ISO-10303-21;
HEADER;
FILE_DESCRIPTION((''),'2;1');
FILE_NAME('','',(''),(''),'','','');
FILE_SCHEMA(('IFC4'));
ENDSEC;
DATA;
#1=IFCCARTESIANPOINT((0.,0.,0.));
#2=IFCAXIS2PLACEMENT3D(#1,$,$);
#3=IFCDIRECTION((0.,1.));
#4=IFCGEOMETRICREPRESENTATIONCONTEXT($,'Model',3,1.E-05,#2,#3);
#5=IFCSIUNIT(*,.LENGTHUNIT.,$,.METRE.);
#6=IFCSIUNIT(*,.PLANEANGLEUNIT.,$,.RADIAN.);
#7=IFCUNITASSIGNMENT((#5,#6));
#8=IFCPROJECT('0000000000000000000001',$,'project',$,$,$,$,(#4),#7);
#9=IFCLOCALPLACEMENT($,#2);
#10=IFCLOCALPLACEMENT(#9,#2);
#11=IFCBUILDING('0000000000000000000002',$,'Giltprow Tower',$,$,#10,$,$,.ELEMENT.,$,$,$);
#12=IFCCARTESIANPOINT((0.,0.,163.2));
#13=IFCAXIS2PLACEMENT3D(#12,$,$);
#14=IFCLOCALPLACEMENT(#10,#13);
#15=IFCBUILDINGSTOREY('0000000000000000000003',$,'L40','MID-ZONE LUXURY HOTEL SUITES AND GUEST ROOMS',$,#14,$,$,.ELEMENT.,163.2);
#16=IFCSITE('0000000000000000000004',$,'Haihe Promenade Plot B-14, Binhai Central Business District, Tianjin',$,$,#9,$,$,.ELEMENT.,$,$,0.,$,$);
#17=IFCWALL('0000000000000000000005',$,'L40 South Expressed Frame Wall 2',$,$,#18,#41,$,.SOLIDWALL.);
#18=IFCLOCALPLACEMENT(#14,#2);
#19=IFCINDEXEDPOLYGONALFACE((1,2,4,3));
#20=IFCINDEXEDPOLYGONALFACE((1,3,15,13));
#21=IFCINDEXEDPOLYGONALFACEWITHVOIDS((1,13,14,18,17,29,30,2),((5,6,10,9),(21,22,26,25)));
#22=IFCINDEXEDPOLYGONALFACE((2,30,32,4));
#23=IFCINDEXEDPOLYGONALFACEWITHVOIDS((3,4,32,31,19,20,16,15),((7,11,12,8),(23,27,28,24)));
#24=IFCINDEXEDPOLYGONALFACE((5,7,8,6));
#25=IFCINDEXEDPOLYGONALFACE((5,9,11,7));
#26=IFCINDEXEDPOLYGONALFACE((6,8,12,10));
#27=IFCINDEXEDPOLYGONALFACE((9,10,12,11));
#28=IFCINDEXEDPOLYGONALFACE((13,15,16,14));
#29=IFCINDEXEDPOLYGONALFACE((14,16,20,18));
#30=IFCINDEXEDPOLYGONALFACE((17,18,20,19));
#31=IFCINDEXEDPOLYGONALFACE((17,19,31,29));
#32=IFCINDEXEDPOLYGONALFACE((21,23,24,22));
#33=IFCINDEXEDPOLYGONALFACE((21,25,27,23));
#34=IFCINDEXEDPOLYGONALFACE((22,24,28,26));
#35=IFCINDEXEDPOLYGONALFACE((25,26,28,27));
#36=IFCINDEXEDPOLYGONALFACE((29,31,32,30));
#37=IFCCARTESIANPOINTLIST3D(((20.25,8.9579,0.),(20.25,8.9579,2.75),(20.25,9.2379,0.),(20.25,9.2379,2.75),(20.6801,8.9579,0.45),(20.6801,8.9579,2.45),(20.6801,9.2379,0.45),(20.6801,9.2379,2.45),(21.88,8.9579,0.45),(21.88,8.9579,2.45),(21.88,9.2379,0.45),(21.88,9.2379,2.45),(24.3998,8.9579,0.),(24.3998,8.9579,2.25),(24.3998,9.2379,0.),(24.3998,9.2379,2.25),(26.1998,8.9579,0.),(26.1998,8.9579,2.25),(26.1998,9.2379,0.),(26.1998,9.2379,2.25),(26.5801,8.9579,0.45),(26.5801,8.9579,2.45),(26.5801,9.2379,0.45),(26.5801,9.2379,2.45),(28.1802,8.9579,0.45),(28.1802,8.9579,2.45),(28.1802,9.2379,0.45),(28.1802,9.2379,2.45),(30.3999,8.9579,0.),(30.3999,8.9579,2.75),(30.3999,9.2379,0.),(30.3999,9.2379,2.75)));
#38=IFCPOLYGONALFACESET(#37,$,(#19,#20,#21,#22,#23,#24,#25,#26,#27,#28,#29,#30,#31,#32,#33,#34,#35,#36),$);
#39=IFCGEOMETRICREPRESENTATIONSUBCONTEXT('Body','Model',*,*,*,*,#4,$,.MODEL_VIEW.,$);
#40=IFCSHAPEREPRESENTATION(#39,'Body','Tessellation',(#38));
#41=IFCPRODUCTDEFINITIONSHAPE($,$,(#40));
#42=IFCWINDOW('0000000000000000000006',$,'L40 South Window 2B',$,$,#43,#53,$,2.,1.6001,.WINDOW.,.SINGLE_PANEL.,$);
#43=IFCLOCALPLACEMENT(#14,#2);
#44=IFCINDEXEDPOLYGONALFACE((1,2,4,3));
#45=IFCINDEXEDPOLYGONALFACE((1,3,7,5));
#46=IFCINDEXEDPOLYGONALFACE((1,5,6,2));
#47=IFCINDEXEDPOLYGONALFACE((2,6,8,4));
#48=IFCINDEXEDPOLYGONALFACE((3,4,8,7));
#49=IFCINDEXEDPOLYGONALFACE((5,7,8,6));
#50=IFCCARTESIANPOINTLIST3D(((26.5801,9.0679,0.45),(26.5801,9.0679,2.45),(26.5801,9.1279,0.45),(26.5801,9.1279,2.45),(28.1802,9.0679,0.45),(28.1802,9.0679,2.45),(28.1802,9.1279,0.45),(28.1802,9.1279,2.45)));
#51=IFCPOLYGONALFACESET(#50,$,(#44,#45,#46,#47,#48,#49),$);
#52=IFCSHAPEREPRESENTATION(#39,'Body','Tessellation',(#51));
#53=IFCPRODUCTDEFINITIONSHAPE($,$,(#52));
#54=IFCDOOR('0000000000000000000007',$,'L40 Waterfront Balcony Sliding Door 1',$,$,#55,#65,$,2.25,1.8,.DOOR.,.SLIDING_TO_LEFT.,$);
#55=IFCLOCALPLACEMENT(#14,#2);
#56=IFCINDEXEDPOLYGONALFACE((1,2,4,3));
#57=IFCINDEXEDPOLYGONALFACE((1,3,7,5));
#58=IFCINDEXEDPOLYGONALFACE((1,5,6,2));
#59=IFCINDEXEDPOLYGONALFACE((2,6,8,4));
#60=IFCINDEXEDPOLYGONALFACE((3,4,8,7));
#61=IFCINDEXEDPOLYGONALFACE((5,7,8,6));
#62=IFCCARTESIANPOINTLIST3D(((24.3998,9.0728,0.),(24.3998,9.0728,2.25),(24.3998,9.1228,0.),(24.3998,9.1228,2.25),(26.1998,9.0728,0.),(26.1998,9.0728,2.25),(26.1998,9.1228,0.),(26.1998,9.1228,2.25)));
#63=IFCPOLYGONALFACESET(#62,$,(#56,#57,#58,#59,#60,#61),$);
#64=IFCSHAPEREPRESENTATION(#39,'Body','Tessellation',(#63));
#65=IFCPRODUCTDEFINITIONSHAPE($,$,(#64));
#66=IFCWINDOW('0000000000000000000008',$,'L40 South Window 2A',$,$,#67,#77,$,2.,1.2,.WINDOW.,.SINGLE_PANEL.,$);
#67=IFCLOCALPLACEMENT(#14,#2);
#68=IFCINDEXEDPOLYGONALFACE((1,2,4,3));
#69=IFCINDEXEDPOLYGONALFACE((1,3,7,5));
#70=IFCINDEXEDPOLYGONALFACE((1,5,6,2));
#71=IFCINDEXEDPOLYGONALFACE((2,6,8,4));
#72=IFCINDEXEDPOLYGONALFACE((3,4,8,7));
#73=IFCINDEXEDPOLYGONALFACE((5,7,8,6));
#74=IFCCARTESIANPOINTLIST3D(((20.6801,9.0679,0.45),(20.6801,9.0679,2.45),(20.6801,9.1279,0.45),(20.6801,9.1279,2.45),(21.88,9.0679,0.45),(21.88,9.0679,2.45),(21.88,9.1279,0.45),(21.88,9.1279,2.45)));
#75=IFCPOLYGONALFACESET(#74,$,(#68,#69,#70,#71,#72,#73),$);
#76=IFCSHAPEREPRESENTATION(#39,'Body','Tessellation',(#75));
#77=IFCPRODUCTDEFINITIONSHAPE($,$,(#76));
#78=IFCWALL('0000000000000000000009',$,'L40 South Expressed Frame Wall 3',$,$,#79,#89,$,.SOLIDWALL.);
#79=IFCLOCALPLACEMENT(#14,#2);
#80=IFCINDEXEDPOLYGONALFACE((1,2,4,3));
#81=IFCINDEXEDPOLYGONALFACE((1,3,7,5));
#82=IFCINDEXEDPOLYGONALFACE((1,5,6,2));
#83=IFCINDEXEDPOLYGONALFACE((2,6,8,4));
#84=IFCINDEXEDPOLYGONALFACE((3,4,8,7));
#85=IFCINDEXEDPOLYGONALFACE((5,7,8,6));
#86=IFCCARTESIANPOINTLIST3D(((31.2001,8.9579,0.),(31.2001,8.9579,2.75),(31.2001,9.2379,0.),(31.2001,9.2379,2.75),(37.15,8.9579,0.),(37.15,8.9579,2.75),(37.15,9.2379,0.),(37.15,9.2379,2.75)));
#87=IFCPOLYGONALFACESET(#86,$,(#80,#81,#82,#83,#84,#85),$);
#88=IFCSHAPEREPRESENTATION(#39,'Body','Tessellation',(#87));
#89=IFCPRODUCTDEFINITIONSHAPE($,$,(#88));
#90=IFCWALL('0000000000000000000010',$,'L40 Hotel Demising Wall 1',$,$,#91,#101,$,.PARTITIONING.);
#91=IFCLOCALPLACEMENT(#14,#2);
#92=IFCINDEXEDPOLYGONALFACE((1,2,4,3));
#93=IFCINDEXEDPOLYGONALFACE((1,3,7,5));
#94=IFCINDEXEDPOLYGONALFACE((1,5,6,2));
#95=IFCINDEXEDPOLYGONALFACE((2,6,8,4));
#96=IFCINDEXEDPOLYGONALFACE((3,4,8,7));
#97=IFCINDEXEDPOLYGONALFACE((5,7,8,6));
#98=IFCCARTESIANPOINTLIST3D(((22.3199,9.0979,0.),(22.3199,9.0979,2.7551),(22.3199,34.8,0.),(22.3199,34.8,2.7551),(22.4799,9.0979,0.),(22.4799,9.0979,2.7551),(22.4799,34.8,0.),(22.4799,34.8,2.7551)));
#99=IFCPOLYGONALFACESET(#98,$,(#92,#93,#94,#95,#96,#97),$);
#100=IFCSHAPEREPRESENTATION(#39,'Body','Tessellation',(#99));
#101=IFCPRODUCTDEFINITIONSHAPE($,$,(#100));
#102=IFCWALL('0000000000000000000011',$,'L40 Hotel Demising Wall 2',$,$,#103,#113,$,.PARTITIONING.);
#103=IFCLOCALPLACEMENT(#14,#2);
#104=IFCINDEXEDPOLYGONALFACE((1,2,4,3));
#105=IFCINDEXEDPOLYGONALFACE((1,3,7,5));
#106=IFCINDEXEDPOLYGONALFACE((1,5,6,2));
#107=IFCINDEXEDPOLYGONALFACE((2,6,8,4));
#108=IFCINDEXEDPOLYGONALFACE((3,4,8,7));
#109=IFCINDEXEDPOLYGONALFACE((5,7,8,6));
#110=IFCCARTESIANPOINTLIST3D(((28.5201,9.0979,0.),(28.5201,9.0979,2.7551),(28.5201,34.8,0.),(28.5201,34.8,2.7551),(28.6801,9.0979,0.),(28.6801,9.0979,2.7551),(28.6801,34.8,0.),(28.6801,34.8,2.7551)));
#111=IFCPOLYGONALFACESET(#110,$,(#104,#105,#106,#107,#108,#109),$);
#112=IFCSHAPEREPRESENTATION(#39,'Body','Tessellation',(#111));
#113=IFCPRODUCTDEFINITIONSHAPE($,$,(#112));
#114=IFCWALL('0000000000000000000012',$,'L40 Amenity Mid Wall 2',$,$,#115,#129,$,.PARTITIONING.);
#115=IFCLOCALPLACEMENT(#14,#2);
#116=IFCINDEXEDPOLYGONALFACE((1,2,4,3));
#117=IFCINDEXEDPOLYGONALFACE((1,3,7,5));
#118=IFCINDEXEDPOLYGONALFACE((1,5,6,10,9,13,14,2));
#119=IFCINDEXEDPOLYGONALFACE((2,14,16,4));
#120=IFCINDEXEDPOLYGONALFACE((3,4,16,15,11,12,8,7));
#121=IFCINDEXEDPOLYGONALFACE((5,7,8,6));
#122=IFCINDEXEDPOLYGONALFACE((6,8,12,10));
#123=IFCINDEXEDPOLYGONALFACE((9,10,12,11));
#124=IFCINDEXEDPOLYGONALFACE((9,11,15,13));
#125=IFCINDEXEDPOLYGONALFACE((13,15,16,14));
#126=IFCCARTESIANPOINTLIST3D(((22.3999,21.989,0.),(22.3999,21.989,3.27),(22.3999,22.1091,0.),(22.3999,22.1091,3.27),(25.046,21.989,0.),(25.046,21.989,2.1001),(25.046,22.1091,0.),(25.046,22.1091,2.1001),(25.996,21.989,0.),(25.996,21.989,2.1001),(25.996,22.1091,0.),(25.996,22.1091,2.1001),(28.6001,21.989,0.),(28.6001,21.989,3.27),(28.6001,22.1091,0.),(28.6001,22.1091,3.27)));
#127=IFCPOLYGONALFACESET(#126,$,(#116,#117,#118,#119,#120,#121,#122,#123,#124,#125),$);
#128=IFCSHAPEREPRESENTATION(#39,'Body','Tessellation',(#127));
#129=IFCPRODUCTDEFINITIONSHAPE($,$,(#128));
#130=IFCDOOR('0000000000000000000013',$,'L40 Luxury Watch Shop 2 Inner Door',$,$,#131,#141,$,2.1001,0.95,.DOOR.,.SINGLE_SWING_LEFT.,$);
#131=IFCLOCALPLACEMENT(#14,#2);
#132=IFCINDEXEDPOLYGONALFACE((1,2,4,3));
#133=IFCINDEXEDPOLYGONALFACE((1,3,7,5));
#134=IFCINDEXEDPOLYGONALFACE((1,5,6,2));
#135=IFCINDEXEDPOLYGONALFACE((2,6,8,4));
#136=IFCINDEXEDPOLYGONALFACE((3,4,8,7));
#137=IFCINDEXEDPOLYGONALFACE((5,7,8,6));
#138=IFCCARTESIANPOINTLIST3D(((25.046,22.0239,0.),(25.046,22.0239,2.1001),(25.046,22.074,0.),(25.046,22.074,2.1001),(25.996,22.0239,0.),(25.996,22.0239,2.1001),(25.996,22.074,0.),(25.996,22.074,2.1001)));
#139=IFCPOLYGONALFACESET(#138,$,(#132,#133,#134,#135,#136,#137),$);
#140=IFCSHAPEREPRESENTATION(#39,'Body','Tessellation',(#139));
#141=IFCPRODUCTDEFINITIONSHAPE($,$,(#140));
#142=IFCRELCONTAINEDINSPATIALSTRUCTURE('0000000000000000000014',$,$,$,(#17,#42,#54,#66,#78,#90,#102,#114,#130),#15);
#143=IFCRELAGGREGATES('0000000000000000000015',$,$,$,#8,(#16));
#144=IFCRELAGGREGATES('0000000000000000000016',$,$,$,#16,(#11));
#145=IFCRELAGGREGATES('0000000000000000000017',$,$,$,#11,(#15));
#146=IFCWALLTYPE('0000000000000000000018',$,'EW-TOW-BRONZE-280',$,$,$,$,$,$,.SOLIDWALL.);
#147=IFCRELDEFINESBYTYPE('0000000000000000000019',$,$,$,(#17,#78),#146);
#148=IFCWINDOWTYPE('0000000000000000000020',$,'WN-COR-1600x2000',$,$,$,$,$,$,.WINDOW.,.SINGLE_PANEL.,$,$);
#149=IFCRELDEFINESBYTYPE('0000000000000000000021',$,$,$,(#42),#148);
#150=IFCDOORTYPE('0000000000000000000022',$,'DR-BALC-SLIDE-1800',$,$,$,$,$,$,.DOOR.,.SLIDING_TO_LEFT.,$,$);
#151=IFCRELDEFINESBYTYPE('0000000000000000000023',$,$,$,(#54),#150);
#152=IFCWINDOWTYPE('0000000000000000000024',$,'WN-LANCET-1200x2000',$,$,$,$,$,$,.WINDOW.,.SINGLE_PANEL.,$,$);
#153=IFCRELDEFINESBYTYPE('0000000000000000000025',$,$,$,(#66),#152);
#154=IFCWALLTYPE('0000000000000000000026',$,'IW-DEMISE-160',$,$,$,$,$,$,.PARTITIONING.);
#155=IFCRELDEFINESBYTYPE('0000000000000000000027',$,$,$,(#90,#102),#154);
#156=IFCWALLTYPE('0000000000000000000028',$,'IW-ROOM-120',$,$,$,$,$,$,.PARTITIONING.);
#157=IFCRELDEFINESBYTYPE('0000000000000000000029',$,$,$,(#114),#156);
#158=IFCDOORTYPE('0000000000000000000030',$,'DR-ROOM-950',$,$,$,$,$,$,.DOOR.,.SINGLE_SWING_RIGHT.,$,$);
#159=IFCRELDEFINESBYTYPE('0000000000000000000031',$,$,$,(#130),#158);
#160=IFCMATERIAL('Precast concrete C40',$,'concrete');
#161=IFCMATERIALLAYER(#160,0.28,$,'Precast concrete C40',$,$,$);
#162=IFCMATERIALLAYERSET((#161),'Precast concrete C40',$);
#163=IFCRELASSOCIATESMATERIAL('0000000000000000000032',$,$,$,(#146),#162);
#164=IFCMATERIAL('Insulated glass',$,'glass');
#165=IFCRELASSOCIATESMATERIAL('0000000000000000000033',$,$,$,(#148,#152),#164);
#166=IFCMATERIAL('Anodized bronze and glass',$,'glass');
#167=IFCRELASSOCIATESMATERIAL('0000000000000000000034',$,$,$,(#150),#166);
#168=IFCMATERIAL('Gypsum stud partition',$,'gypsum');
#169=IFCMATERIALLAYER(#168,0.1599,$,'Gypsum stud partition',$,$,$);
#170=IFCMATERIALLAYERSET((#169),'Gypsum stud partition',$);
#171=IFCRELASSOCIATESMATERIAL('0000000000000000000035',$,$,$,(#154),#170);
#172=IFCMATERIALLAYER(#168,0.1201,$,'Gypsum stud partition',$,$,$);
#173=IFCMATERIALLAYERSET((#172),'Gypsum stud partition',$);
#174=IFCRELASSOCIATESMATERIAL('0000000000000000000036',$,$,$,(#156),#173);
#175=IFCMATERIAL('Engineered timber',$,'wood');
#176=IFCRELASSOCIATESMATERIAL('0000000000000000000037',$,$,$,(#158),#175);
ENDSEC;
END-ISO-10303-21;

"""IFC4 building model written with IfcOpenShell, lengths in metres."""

from ifc_helpers import new_model, si_unit, direction, frame, frame_2d, origin, place, context, subcontext, project, spatial, rectangle, extrude, source, transform, mapped, material, layer, layer_set, type_object, element, fill, save


model = new_model("IFC4")

# Units and contexts
model_context = context("Model", 3, precision=1e-05, world=origin(), true_north=direction((0.0, 1.0)))
body_context = subcontext(model_context, "Body", "Model", "MODEL_VIEW")
ifc_project = project(units=[si_unit("LENGTHUNIT", "METRE"), si_unit("PLANEANGLEUNIT", "RADIAN")], contexts=[model_context])

# Site, building, storey
site_placement = place(None, origin())
site = spatial("IfcSite", under=ifc_project, at=site_placement, Name="Haihe Promenade Plot B-14, Binhai Central Business District, Tianjin", CompositionType="ELEMENT", RefElevation=0.0)
building_placement = place(site_placement, origin())
building = spatial("IfcBuilding", under=site, at=building_placement, Name="Giltprow Tower", CompositionType="ELEMENT")
storey_placement = place(building_placement, frame((0.0, 0.0, 163.2)))
storey = spatial("IfcBuildingStorey", under=building, at=storey_placement, Name="L40", Description="MID-ZONE LUXURY HOTEL SUITES AND GUEST ROOMS", CompositionType="ELEMENT", Elevation=163.2)

# Wall, openings, windows, door
ifc_material_1 = material(Name="Precast concrete C40", Category="concrete")
ifc_layer_1 = layer(ifc_material_1, 0.28, Name="Precast concrete C40")
ifc_layer_set_1 = layer_set([ifc_layer_1], Name="Precast concrete C40")
wall_type_1 = type_object("IfcWallType", Name="EW-TOW-BRONZE-280", PredefinedType="SOLIDWALL", material=ifc_layer_set_1)
wall_1_placement = place(storey_placement, frame((20.25, 9.0979, 0.0), z_axis=(0.0, 0.0, 1.0), x_axis=(1.0, 0.0, 0.0)))
wall_1 = element("IfcWall", 1, at=wall_1_placement, inside=storey, type_object=wall_type_1, Name="L40 South Expressed Frame Wall 2", PredefinedType="SOLIDWALL", context=body_context, shape_type="SweptSolid", body=[
    extrude(rectangle(XDim=10.1499, YDim=0.28, at=frame_2d((5.075, 0.0))), origin(), (0.0, 0.0, 1.0), 2.75),
])
opening_1_placement = place(wall_1_placement, frame((4.1499, 0.0, 0.0)))
opening_1 = element("IfcOpeningElement", 2, at=opening_1_placement, cuts=wall_1, PredefinedType="OPENING", context=body_context, shape_type="SweptSolid", body=[
    extrude(rectangle(XDim=1.8, YDim=2.25, at=frame_2d((0.8999, 1.125))), frame((0.0, 0.1499, 0.0), z_axis=(0.0, -1.0, 0.0), x_axis=(1.0, 0.0, 0.0)), (0.0, 0.0, 1.0), 0.3),
])
opening_2_placement = place(wall_1_placement, frame((0.4299, 0.0, 0.45)))
opening_2 = element("IfcOpeningElement", 3, at=opening_2_placement, cuts=wall_1, PredefinedType="OPENING", context=body_context, shape_type="SweptSolid", body=[
    extrude(rectangle(XDim=1.2, YDim=2.0, at=frame_2d((0.6001, 1.0))), frame((0.0, 0.1499, 0.0), z_axis=(0.0, -1.0, 0.0), x_axis=(1.0, 0.0, 0.0)), (0.0, 0.0, 1.0), 0.3),
])
opening_3_placement = place(wall_1_placement, frame((6.3301, 0.0, 0.45)))
opening_3 = element("IfcOpeningElement", 4, at=opening_3_placement, cuts=wall_1, PredefinedType="OPENING", context=body_context, shape_type="SweptSolid", body=[
    extrude(rectangle(XDim=1.6001, YDim=2.0, at=frame_2d((0.8, 1.0))), frame((0.0, 0.1499, 0.0), z_axis=(0.0, -1.0, 0.0), x_axis=(1.0, 0.0, 0.0)), (0.0, 0.0, 1.0), 0.3),
])
ifc_material_2 = material(Name="Insulated glass", Category="glass")
window_type_1 = type_object("IfcWindowType", Name="WN-COR-1600x2000", PartitioningType="SINGLE_PANEL", PredefinedType="WINDOW", material=ifc_material_2)
shared_shape_1 = source(origin(), body_context, "Body", "SweptSolid", [
    extrude(rectangle(XDim=1.6001, YDim=2.0, at=frame_2d((0.8, 1.0))), frame((0.0, 0.03, 0.0), z_axis=(0.0, -1.0, 0.0), x_axis=(1.0, 0.0, 0.0)), (0.0, 0.0, 1.0), 0.0601),
])
window_1_placement = place(opening_3_placement, origin())
window_1 = element("IfcWindow", 5, at=window_1_placement, inside=storey, type_object=window_type_1, Name="L40 South Window 2B", OverallHeight=2.0, OverallWidth=1.6001, PartitioningType="SINGLE_PANEL", PredefinedType="WINDOW", context=body_context, shape_type="MappedRepresentation", body=[
    mapped(shared_shape_1, transform((0.0, 0.0, 0.0), x_axis=(1.0, 0.0, 0.0), y_axis=(0.0, 1.0, 0.0), z_axis=(0.0, 0.0, 1.0), scale=1.0)),
])
fill(opening_3, window_1)
ifc_material_3 = material(Name="Anodized bronze and glass", Category="glass")
door_type_1 = type_object("IfcDoorType", Name="DR-BALC-SLIDE-1800", OperationType="SLIDING_TO_LEFT", PredefinedType="DOOR", material=ifc_material_3)
shared_shape_2 = source(origin(), body_context, "Body", "SweptSolid", [
    extrude(rectangle(XDim=1.8, YDim=2.25, at=frame_2d((0.8999, 1.125))), frame((0.0, 0.0249, 0.0), z_axis=(0.0, -1.0, 0.0), x_axis=(1.0, 0.0, 0.0)), (0.0, 0.0, 1.0), 0.05),
])
door_1_placement = place(opening_1_placement, origin())
door_1 = element("IfcDoor", 6, at=door_1_placement, inside=storey, type_object=door_type_1, Name="L40 Waterfront Balcony Sliding Door 1", OperationType="SLIDING_TO_LEFT", OverallHeight=2.25, OverallWidth=1.8, PredefinedType="DOOR", context=body_context, shape_type="MappedRepresentation", body=[
    mapped(shared_shape_2, transform((0.0, 0.0, 0.0), x_axis=(1.0, 0.0, 0.0), y_axis=(0.0, 1.0, 0.0), z_axis=(0.0, 0.0, 1.0), scale=1.0)),
])
fill(opening_1, door_1)
window_type_2 = type_object("IfcWindowType", Name="WN-LANCET-1200x2000", PartitioningType="SINGLE_PANEL", PredefinedType="WINDOW", material=ifc_material_2)
shared_shape_3 = source(origin(), body_context, "Body", "SweptSolid", [
    extrude(rectangle(XDim=1.2, YDim=2.0, at=frame_2d((0.6001, 1.0))), frame((0.0, 0.03, 0.0), z_axis=(0.0, -1.0, 0.0), x_axis=(1.0, 0.0, 0.0)), (0.0, 0.0, 1.0), 0.0601),
])
window_2_placement = place(opening_2_placement, origin())
window_2 = element("IfcWindow", 7, at=window_2_placement, inside=storey, type_object=window_type_2, Name="L40 South Window 2A", OverallHeight=2.0, OverallWidth=1.2, PartitioningType="SINGLE_PANEL", PredefinedType="WINDOW", context=body_context, shape_type="MappedRepresentation", body=[
    mapped(shared_shape_3, transform((0.0, 0.0, 0.0), x_axis=(1.0, 0.0, 0.0), y_axis=(0.0, 1.0, 0.0), z_axis=(0.0, 0.0, 1.0), scale=1.0)),
])
fill(opening_2, window_2)

# Walls
wall_2_placement = place(storey_placement, frame((31.2, 9.0979, 0.0), z_axis=(0.0, 0.0, 1.0), x_axis=(1.0, 0.0, 0.0)))
element("IfcWall", 8, at=wall_2_placement, inside=storey, type_object=wall_type_1, Name="L40 South Expressed Frame Wall 3", PredefinedType="SOLIDWALL", context=body_context, shape_type="SweptSolid", body=[
    extrude(rectangle(XDim=5.95, YDim=0.28, at=frame_2d((2.9751, 0.0))), origin(), (0.0, 0.0, 1.0), 2.75),
])
ifc_material_4 = material(Name="Gypsum stud partition", Category="gypsum")
ifc_layer_2 = layer(ifc_material_4, 0.1599, Name="Gypsum stud partition")
ifc_layer_set_2 = layer_set([ifc_layer_2], Name="Gypsum stud partition")
wall_type_2 = type_object("IfcWallType", Name="IW-DEMISE-160", PredefinedType="PARTITIONING", material=ifc_layer_set_2)
for number, where, z_axis, x_axis, name in (
    (9, (22.3999, 9.0979, 0.0), (0.0, 0.0, 1.0), (0.0, 1.0, 0.0), "L40 Hotel Demising Wall 1"),
    (10, (28.6001, 9.0979, 0.0), (0.0, 0.0, 1.0), (0.0, 1.0, 0.0), "L40 Hotel Demising Wall 2"),
):
    element("IfcWall", number, at=place(storey_placement, frame(where, z_axis=z_axis, x_axis=x_axis)), inside=storey, type_object=wall_type_2, Name=name, PredefinedType="PARTITIONING", context=body_context, shape_type="SweptSolid", body=[
        extrude(rectangle(XDim=25.7021, YDim=0.1599, at=frame_2d((12.8511, 0.0))), origin(), (0.0, 0.0, 1.0), 2.7551),
    ])

# Wall, opening, door
ifc_layer_3 = layer(ifc_material_4, 0.1201, Name="Gypsum stud partition")
ifc_layer_set_3 = layer_set([ifc_layer_3], Name="Gypsum stud partition")
wall_type_3 = type_object("IfcWallType", Name="IW-ROOM-120", PredefinedType="PARTITIONING", material=ifc_layer_set_3)
wall_3_placement = place(storey_placement, frame((22.3999, 22.0491, 0.0), z_axis=(0.0, 0.0, 1.0), x_axis=(1.0, 0.0, 0.0)))
wall_3 = element("IfcWall", 11, at=wall_3_placement, inside=storey, type_object=wall_type_3, Name="L40 Amenity Mid Wall 2", PredefinedType="PARTITIONING", context=body_context, shape_type="SweptSolid", body=[
    extrude(rectangle(XDim=6.2002, YDim=0.1201, at=frame_2d((3.1001, 0.0))), origin(), (0.0, 0.0, 1.0), 3.27),
])
opening_4_placement = place(wall_3_placement, frame((2.646, 0.0, 0.0)))
opening_4 = element("IfcOpeningElement", 12, at=opening_4_placement, cuts=wall_3, PredefinedType="OPENING", context=body_context, shape_type="SweptSolid", body=[
    extrude(rectangle(XDim=0.95, YDim=2.1001, at=frame_2d((0.4751, 1.05))), frame((0.0, 0.0701, 0.0), z_axis=(0.0, -1.0, 0.0), x_axis=(1.0, 0.0, 0.0)), (0.0, 0.0, 1.0), 0.1401),
])
ifc_material_5 = material(Name="Engineered timber", Category="wood")
door_type_2 = type_object("IfcDoorType", Name="DR-ROOM-950", OperationType="SINGLE_SWING_RIGHT", PredefinedType="DOOR", material=ifc_material_5)
shared_shape_4 = source(origin(), body_context, "Body", "SweptSolid", [
    extrude(rectangle(XDim=0.95, YDim=2.1001, at=frame_2d((0.4751, 1.05))), frame((0.0, 0.0249, 0.0), z_axis=(0.0, -1.0, 0.0), x_axis=(1.0, 0.0, 0.0)), (0.0, 0.0, 1.0), 0.05),
])
door_2_placement = place(opening_4_placement, origin())
door_2 = element("IfcDoor", 13, at=door_2_placement, inside=storey, type_object=door_type_2, Name="L40 Luxury Watch Shop 2 Inner Door", OperationType="SINGLE_SWING_LEFT", OverallHeight=2.1001, OverallWidth=0.95, PredefinedType="DOOR", context=body_context, shape_type="MappedRepresentation", body=[
    mapped(shared_shape_4, transform((0.0, 0.0, 0.0), x_axis=(1.0, 0.0, 0.0), y_axis=(0.0, 1.0, 0.0), z_axis=(0.0, 0.0, 1.0), scale=1.0)),
])
fill(opening_4, door_2)

save(model, "model.ifc")
